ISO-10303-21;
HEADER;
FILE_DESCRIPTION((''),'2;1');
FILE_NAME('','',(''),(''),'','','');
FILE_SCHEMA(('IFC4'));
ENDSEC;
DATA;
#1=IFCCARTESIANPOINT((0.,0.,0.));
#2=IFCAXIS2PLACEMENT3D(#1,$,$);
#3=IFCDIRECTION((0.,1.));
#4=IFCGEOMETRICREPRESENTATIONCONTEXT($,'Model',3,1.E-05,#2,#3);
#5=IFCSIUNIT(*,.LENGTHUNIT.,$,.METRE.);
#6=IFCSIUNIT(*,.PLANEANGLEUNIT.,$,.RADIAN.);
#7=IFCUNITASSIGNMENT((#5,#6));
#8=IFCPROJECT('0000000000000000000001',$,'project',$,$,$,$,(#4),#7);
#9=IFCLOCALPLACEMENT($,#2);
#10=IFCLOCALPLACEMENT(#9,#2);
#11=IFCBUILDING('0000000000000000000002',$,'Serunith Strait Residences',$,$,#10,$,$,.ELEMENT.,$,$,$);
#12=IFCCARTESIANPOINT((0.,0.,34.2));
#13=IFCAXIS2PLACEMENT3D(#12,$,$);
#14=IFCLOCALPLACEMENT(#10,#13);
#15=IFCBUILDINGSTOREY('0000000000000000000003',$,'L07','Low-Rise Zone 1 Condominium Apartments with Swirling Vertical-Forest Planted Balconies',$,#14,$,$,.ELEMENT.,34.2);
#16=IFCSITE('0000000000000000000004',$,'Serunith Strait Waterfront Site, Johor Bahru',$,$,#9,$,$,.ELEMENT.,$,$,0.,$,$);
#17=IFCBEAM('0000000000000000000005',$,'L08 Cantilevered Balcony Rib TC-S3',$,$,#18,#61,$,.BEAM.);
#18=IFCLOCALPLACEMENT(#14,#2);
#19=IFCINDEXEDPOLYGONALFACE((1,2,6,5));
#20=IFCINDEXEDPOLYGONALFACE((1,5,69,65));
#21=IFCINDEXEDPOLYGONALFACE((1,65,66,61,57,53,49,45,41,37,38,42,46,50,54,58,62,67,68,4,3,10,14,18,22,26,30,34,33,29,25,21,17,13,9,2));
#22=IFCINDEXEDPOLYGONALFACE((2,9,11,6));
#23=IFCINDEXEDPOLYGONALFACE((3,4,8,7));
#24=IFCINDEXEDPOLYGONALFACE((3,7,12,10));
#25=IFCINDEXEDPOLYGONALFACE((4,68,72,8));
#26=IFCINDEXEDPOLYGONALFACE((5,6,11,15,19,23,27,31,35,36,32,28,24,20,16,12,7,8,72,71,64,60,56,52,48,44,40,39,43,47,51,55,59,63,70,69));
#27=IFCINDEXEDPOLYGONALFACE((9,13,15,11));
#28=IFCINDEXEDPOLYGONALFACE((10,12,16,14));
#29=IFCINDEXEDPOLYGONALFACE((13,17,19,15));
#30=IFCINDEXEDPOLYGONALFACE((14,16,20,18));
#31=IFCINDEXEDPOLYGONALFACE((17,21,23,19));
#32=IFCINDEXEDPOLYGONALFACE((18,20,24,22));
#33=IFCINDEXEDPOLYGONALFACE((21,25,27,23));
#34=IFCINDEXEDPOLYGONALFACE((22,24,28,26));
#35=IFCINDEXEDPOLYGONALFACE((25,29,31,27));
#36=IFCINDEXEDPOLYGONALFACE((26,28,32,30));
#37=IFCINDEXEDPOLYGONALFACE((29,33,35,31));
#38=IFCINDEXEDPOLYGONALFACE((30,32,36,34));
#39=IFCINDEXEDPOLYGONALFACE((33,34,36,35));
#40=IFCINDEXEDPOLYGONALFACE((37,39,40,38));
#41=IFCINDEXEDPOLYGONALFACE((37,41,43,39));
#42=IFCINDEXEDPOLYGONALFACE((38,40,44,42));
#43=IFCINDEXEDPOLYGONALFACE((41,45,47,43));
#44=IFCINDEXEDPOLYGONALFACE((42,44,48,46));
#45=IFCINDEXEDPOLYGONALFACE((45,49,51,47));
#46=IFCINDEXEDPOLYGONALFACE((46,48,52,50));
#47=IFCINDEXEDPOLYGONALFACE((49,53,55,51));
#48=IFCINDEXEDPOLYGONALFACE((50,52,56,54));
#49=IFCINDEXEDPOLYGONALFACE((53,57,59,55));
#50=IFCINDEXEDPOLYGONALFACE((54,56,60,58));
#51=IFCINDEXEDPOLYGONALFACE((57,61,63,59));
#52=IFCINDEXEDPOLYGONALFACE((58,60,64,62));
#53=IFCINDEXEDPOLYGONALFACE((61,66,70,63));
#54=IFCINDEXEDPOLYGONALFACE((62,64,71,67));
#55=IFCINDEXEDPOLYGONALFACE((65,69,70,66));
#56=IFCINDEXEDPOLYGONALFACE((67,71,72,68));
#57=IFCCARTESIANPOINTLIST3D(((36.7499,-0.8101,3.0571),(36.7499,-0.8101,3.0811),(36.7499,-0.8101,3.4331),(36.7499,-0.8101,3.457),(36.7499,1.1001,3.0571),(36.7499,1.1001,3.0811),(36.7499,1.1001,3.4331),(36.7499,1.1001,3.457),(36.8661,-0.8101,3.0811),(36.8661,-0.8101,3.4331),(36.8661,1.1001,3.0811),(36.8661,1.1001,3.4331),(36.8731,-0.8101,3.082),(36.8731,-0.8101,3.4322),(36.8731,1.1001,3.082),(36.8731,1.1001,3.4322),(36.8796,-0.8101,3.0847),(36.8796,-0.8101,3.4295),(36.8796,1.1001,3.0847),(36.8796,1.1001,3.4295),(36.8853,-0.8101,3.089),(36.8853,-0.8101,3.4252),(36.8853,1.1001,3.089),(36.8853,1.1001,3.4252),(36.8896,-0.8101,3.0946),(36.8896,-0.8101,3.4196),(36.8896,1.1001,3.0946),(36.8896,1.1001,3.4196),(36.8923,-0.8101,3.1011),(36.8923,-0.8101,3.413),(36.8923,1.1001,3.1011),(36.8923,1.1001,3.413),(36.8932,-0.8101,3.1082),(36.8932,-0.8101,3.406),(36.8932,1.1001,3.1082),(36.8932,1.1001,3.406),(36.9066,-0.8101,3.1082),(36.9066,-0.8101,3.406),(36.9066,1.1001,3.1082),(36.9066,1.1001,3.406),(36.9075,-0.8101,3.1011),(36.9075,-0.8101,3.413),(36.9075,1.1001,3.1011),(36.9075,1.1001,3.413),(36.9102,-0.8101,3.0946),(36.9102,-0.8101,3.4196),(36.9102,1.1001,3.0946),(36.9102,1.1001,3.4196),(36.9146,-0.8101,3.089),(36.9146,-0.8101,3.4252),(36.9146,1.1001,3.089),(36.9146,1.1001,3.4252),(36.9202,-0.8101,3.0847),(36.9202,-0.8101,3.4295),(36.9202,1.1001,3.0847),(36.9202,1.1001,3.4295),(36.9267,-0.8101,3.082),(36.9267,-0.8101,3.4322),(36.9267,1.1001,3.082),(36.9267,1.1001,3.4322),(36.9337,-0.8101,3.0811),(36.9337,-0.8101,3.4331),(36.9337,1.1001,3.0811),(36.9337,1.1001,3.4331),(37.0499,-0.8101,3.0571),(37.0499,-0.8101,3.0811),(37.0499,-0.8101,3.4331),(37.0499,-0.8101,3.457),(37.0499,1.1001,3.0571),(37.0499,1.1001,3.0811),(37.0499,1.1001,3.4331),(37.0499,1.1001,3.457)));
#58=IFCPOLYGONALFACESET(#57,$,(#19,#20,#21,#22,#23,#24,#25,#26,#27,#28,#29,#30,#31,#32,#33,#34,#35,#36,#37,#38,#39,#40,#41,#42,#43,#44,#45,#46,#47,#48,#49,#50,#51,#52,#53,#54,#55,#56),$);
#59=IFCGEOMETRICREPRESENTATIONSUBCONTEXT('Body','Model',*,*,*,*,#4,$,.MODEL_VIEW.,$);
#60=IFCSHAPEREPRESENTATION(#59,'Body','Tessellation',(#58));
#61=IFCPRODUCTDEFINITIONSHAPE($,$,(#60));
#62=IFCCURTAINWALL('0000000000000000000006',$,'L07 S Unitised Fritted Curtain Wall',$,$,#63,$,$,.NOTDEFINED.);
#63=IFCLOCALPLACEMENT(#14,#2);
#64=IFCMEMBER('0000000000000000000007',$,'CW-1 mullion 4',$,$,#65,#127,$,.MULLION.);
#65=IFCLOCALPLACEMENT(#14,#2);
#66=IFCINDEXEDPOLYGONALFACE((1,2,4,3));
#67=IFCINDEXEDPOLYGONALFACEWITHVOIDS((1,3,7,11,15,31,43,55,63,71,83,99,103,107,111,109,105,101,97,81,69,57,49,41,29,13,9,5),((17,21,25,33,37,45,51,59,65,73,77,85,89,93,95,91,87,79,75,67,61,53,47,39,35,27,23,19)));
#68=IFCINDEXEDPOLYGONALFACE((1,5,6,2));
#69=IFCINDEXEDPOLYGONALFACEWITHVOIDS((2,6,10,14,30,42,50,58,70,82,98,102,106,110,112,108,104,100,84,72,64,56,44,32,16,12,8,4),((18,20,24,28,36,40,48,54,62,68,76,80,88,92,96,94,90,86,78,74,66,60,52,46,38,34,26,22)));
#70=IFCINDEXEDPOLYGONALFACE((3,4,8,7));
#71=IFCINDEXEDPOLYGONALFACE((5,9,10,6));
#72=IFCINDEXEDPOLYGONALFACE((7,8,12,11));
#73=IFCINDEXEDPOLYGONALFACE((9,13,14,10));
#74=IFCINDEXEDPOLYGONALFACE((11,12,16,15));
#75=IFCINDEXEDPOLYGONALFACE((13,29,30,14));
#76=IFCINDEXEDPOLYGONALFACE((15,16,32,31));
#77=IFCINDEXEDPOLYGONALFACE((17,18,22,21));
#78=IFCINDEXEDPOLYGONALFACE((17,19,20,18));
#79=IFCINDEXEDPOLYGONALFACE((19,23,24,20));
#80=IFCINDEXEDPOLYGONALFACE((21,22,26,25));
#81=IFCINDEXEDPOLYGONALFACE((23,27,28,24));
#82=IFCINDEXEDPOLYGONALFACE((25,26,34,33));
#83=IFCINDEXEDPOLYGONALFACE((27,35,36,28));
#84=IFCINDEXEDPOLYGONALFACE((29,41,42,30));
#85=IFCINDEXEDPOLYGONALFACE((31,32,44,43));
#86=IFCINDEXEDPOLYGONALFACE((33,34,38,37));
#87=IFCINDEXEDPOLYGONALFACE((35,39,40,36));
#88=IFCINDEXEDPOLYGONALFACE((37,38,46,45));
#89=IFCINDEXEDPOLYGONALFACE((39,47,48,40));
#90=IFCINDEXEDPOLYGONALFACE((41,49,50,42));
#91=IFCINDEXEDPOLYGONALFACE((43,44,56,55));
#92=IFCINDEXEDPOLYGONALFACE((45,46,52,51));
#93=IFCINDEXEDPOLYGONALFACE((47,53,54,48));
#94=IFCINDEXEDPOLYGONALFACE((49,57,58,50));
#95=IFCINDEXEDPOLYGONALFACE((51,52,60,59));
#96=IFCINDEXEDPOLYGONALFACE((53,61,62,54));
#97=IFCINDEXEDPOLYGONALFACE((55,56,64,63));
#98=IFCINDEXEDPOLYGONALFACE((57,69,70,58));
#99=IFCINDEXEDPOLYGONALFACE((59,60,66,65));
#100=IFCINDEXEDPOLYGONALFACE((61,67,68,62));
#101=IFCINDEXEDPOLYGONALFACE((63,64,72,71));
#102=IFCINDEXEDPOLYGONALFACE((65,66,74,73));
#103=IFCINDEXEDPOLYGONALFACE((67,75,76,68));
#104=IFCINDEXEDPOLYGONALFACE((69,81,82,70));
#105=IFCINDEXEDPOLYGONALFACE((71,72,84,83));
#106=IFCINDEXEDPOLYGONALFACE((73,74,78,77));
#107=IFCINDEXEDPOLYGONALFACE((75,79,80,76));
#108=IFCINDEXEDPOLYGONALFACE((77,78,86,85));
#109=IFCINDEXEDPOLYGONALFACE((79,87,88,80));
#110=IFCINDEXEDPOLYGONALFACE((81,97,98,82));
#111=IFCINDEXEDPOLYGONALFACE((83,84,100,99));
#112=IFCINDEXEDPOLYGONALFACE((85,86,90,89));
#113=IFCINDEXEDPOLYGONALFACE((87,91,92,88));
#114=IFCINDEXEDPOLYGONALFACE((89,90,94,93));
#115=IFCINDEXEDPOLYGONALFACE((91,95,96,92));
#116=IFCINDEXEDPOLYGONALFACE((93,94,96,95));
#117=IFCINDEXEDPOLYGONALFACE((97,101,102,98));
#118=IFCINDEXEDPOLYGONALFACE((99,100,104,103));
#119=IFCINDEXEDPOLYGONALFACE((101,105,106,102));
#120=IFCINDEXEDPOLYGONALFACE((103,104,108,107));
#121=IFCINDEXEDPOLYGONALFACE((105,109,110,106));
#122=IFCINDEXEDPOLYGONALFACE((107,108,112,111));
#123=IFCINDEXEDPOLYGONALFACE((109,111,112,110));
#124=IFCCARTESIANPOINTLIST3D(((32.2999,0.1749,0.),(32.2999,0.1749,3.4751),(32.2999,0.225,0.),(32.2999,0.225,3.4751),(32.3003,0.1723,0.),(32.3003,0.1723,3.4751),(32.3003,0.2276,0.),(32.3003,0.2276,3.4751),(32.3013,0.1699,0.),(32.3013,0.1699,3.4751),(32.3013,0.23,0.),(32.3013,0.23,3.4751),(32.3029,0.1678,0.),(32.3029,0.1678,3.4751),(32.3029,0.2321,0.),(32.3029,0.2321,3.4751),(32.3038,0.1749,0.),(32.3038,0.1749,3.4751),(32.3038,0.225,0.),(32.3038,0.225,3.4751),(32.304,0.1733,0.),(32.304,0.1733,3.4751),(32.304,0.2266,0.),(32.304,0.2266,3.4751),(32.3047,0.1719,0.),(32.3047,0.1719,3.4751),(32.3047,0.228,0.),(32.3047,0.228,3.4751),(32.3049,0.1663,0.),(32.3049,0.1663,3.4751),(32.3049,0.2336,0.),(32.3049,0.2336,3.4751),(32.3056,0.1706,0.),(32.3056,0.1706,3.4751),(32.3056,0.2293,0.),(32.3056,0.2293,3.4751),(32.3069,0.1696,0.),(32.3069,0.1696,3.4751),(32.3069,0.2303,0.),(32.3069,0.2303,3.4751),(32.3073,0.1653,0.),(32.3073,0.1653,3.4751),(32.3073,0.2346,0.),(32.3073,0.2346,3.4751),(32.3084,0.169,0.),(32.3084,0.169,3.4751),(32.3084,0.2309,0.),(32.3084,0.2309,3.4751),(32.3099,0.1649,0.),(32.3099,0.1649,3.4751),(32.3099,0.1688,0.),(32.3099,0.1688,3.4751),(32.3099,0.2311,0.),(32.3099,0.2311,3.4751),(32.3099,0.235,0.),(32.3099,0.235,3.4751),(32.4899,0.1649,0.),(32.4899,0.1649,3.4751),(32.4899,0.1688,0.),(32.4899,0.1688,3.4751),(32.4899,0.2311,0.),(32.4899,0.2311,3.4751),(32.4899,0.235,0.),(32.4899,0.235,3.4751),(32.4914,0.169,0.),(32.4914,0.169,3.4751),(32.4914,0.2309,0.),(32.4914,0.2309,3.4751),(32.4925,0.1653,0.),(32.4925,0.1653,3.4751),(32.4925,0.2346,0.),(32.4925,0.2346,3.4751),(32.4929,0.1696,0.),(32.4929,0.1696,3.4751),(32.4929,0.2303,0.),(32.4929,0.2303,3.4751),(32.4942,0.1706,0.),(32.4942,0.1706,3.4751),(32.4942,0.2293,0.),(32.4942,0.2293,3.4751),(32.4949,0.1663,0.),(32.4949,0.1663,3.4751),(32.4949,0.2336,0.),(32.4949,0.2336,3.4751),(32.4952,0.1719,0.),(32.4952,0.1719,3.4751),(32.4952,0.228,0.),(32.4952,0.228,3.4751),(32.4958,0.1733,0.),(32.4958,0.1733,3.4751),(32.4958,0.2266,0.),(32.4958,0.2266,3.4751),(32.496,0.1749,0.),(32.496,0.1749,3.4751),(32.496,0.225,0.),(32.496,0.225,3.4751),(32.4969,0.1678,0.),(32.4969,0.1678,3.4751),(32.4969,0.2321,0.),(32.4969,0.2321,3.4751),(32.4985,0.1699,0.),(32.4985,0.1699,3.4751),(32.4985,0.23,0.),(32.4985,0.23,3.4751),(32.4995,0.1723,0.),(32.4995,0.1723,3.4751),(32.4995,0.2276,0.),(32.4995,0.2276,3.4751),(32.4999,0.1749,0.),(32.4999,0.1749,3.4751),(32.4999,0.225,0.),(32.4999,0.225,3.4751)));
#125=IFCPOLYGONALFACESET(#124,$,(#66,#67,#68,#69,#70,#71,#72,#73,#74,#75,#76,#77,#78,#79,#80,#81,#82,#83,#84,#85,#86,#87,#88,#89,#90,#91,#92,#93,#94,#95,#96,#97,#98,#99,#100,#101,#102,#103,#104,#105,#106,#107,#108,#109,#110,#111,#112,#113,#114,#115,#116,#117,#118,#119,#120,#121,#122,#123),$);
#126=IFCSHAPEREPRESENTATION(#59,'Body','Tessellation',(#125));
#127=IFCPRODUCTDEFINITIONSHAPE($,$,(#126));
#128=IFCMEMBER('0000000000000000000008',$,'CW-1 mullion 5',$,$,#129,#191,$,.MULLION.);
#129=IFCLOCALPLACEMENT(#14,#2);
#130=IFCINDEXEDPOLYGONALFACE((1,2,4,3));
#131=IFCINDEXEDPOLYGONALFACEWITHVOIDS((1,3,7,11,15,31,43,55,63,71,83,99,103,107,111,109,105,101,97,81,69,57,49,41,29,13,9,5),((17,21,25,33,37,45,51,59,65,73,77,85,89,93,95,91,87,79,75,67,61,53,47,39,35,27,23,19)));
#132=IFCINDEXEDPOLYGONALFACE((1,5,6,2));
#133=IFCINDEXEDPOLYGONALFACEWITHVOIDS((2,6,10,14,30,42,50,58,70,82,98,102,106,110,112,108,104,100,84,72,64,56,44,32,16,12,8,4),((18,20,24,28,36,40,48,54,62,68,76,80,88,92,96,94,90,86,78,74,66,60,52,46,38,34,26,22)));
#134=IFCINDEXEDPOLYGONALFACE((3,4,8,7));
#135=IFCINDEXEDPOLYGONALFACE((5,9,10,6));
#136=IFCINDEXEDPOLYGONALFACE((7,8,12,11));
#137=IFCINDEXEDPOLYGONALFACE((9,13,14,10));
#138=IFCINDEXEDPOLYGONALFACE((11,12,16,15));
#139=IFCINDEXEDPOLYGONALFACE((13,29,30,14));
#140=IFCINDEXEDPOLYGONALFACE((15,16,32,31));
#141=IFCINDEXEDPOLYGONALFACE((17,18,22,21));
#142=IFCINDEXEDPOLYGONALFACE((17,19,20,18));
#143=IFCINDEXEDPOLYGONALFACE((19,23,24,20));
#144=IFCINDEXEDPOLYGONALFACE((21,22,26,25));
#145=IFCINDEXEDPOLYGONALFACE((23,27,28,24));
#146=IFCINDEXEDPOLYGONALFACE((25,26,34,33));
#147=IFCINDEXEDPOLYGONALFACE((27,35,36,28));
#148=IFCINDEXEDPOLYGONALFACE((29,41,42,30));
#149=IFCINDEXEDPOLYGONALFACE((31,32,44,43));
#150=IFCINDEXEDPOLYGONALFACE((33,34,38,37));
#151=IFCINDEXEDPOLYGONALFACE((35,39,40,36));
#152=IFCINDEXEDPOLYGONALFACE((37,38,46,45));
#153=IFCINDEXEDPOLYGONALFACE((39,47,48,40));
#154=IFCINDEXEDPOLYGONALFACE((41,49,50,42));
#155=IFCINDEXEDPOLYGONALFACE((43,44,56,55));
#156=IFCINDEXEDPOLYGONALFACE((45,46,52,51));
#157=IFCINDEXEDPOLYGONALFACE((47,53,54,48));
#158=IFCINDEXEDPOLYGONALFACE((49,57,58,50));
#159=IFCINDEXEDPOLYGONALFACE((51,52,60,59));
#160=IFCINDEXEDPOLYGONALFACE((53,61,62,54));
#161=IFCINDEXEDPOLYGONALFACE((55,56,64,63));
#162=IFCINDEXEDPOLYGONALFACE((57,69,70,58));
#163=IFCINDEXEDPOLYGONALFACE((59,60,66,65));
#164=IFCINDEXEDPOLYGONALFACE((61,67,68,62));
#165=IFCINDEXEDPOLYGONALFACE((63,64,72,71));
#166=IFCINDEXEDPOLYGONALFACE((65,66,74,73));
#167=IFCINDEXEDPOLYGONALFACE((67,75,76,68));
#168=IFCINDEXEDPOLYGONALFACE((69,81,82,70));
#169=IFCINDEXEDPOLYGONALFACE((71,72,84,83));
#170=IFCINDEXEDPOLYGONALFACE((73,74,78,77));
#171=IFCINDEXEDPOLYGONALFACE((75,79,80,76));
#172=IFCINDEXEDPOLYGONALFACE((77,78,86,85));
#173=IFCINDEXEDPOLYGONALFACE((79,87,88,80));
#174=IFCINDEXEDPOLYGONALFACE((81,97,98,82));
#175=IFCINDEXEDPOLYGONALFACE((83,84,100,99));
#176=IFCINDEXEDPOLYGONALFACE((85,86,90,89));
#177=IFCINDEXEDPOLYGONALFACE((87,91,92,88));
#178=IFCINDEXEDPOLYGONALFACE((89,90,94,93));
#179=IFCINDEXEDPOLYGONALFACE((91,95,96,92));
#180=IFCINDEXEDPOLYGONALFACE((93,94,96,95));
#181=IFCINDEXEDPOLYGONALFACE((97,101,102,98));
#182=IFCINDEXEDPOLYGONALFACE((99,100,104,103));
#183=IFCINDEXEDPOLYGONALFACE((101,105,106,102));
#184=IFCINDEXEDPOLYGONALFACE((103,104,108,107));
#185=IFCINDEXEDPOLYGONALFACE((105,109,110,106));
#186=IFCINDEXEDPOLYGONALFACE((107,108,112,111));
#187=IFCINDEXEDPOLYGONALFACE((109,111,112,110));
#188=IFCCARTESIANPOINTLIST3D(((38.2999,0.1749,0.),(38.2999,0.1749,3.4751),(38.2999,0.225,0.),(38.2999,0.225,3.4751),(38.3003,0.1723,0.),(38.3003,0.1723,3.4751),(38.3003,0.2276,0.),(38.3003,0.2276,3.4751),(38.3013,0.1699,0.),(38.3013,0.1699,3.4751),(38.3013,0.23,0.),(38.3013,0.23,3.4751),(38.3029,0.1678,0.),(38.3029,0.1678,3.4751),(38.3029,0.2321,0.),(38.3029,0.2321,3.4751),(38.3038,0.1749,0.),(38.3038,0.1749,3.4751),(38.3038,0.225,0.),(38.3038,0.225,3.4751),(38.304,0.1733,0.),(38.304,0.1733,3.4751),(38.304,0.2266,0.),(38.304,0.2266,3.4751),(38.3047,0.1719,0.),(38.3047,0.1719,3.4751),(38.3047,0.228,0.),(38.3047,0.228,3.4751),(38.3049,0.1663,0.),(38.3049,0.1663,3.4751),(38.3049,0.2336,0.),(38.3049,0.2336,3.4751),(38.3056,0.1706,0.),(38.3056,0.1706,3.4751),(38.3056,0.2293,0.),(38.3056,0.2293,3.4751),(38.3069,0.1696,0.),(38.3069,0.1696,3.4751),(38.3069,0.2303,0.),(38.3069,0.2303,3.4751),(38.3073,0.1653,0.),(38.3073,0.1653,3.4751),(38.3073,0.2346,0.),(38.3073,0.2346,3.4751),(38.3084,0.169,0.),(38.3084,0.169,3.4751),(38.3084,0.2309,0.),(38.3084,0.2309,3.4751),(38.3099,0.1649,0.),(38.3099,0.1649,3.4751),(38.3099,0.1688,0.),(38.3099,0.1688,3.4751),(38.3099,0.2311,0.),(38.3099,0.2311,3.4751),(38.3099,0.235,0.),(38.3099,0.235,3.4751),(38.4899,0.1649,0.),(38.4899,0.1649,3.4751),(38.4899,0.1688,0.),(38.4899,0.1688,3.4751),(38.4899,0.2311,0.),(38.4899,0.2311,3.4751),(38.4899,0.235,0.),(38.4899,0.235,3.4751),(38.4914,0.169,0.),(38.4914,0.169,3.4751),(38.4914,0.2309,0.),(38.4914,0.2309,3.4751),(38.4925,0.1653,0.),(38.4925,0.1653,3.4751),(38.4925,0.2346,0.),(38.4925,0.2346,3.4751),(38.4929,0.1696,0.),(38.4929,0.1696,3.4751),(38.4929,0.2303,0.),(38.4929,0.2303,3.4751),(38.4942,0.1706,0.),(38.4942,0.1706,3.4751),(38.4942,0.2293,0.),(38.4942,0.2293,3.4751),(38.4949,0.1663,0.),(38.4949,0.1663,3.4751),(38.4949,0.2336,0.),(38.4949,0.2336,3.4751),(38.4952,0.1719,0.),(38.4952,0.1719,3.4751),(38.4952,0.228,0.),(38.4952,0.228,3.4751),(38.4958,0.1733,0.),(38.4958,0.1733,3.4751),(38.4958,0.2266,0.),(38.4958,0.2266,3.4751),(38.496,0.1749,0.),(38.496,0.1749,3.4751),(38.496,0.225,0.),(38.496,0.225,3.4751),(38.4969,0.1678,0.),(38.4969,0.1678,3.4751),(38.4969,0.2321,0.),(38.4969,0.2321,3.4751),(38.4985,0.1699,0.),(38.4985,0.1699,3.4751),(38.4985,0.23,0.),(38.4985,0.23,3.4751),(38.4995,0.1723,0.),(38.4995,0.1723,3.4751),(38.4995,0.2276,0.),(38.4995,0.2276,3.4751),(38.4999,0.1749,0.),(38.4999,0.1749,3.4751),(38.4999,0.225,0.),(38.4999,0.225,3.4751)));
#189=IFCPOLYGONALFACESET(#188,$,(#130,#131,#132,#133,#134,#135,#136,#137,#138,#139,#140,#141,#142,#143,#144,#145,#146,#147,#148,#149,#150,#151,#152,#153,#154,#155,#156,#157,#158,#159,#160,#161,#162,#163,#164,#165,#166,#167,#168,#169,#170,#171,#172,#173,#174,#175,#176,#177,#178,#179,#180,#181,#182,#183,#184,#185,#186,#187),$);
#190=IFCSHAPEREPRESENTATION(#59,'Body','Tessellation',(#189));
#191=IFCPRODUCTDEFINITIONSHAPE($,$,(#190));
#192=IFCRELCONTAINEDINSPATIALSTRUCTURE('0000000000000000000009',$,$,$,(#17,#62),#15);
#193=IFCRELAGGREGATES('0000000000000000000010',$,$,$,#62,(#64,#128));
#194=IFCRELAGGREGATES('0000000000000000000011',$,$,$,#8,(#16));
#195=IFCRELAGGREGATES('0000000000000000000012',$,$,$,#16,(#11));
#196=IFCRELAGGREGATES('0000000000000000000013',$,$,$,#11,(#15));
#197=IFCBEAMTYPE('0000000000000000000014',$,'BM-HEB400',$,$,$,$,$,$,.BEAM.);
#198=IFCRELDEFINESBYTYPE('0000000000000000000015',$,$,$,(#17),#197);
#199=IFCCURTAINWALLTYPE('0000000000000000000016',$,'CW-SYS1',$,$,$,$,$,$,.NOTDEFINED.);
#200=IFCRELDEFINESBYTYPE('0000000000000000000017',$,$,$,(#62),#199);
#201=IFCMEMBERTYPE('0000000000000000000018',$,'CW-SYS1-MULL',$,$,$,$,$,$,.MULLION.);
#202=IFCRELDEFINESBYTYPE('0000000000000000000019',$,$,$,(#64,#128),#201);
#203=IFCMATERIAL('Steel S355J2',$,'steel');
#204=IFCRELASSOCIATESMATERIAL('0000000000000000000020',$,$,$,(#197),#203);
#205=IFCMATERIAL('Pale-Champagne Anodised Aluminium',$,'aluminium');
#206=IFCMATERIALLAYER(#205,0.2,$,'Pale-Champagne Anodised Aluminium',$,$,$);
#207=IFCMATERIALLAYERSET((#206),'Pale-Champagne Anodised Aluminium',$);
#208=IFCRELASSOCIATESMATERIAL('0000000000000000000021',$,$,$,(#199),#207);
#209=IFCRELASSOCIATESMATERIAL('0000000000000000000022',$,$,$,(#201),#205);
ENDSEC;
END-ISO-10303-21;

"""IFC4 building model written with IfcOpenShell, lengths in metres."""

from ifc_helpers import new_model, si_unit, direction, frame, origin, origin_2d, place, context, subcontext, project, spatial, hollow_rectangle, i_section, extrude, source, transform, mapped, material, layer, layer_set, material_profile, profile_set, type_object, element, aggregate, save


model = new_model("IFC4")

# Units and contexts
model_context = context("Model", 3, precision=1e-05, world=origin(), true_north=direction((0.0, 1.0)))
body_context = subcontext(model_context, "Body", "Model", "MODEL_VIEW")
ifc_project = project(units=[si_unit("LENGTHUNIT", "METRE"), si_unit("PLANEANGLEUNIT", "RADIAN")], contexts=[model_context])

# Site, building, storey
site_placement = place(None, origin())
site = spatial("IfcSite", under=ifc_project, at=site_placement, Name="Serunith Strait Waterfront Site, Johor Bahru", CompositionType="ELEMENT", RefElevation=0.0)
building_placement = place(site_placement, origin())
building = spatial("IfcBuilding", under=site, at=building_placement, Name="Serunith Strait Residences", CompositionType="ELEMENT")
storey_placement = place(building_placement, frame((0.0, 0.0, 34.2)))
storey = spatial("IfcBuildingStorey", under=building, at=storey_placement, Name="L07", Description="Low-Rise Zone 1 Condominium Apartments with Swirling Vertical-Forest Planted Balconies", CompositionType="ELEMENT", Elevation=34.2)

# Beam
ifc_material_1 = material(Name="Steel S355J2", Category="steel")
ifc_material_profile_1 = material_profile(ifc_material_1, i_section(OverallWidth=0.3, OverallDepth=0.3999, WebThickness=0.0134, FlangeThickness=0.0239, FilletRadius=0.0271, at=origin_2d()), Name="HEB 400")
ifc_profile_set_1 = profile_set([ifc_material_profile_1], Name="Steel S355J2")
beam_type_1 = type_object("IfcBeamType", Name="BM-HEB400", PredefinedType="BEAM", material=ifc_profile_set_1)
shared_shape_1 = source(origin(), body_context, "Body", "SweptSolid", [
    extrude(i_section(OverallWidth=0.3, OverallDepth=0.3999, WebThickness=0.0134, FlangeThickness=0.0239, FilletRadius=0.0271, at=origin_2d()), origin(), (0.0, 0.0, 1.0), 1.9102),
])
beam_1_placement = place(storey_placement, frame((36.8999, 1.1001, 3.2571), z_axis=(0.0, -1.0, 0.0), x_axis=(1.0, 0.0, 0.0)))
element("IfcBeam", 1, at=beam_1_placement, inside=storey, type_object=beam_type_1, Name="L08 Cantilevered Balcony Rib TC-S3", PredefinedType="BEAM", context=body_context, shape_type="MappedRepresentation", body=[
    mapped(shared_shape_1, transform((0.0, 0.0, 0.0), scale=1.0)),
])

# Curtain wall, members
ifc_material_2 = material(Name="Pale-Champagne Anodised Aluminium", Category="aluminium")
ifc_layer_1 = layer(ifc_material_2, 0.2, Name="Pale-Champagne Anodised Aluminium")
ifc_layer_set_1 = layer_set([ifc_layer_1], Name="Pale-Champagne Anodised Aluminium")
curtain_wall_type = type_object("IfcCurtainWallType", Name="CW-SYS1", PredefinedType="NOTDEFINED", material=ifc_layer_set_1)
curtain_wall_placement = place(storey_placement, origin())
curtain_wall = element("IfcCurtainWall", 2, at=curtain_wall_placement, inside=storey, type_object=curtain_wall_type, Name="L07 S Unitised Fritted Curtain Wall", PredefinedType="NOTDEFINED")
ifc_material_profile_2 = material_profile(ifc_material_2, hollow_rectangle(XDim=0.0701, YDim=0.2, WallThickness=0.0039, InnerFilletRadius=0.0061, OuterFilletRadius=0.01, at=origin_2d()), Name="ALU 200x70x4")
ifc_profile_set_2 = profile_set([ifc_material_profile_2], Name="Pale-Champagne Anodised Aluminium")
member_type_1 = type_object("IfcMemberType", Name="CW-SYS1-MULL", PredefinedType="MULLION", material=ifc_profile_set_2)
shared_shape_2 = source(origin(), body_context, "Body", "SweptSolid", [
    extrude(hollow_rectangle(XDim=0.0701, YDim=0.2, WallThickness=0.0039, InnerFilletRadius=0.0061, OuterFilletRadius=0.01, at=origin_2d()), origin(), (0.0, 0.0, 1.0), 3.4751),
])
member_1_placement = place(storey_placement, frame((32.3999, 0.2, 0.0), z_axis=(0.0, 0.0, 1.0), x_axis=(0.0, 1.0, 0.0)))
member_1 = element("IfcMember", 3, at=member_1_placement, type_object=member_type_1, Name="CW-1 mullion 4", PredefinedType="MULLION", context=body_context, shape_type="MappedRepresentation", body=[
    mapped(shared_shape_2, transform((0.0, 0.0, 0.0), scale=1.0)),
])
member_2_placement = place(storey_placement, frame((38.3999, 0.2, 0.0), z_axis=(0.0, 0.0, 1.0), x_axis=(0.0, 1.0, 0.0)))
member_2 = element("IfcMember", 4, at=member_2_placement, type_object=member_type_1, Name="CW-1 mullion 5", PredefinedType="MULLION", context=body_context, shape_type="MappedRepresentation", body=[
    mapped(shared_shape_2, transform((0.0, 0.0, 0.0), scale=1.0)),
])
aggregate(curtain_wall, [member_1, member_2])

save(model, "model.ifc")
